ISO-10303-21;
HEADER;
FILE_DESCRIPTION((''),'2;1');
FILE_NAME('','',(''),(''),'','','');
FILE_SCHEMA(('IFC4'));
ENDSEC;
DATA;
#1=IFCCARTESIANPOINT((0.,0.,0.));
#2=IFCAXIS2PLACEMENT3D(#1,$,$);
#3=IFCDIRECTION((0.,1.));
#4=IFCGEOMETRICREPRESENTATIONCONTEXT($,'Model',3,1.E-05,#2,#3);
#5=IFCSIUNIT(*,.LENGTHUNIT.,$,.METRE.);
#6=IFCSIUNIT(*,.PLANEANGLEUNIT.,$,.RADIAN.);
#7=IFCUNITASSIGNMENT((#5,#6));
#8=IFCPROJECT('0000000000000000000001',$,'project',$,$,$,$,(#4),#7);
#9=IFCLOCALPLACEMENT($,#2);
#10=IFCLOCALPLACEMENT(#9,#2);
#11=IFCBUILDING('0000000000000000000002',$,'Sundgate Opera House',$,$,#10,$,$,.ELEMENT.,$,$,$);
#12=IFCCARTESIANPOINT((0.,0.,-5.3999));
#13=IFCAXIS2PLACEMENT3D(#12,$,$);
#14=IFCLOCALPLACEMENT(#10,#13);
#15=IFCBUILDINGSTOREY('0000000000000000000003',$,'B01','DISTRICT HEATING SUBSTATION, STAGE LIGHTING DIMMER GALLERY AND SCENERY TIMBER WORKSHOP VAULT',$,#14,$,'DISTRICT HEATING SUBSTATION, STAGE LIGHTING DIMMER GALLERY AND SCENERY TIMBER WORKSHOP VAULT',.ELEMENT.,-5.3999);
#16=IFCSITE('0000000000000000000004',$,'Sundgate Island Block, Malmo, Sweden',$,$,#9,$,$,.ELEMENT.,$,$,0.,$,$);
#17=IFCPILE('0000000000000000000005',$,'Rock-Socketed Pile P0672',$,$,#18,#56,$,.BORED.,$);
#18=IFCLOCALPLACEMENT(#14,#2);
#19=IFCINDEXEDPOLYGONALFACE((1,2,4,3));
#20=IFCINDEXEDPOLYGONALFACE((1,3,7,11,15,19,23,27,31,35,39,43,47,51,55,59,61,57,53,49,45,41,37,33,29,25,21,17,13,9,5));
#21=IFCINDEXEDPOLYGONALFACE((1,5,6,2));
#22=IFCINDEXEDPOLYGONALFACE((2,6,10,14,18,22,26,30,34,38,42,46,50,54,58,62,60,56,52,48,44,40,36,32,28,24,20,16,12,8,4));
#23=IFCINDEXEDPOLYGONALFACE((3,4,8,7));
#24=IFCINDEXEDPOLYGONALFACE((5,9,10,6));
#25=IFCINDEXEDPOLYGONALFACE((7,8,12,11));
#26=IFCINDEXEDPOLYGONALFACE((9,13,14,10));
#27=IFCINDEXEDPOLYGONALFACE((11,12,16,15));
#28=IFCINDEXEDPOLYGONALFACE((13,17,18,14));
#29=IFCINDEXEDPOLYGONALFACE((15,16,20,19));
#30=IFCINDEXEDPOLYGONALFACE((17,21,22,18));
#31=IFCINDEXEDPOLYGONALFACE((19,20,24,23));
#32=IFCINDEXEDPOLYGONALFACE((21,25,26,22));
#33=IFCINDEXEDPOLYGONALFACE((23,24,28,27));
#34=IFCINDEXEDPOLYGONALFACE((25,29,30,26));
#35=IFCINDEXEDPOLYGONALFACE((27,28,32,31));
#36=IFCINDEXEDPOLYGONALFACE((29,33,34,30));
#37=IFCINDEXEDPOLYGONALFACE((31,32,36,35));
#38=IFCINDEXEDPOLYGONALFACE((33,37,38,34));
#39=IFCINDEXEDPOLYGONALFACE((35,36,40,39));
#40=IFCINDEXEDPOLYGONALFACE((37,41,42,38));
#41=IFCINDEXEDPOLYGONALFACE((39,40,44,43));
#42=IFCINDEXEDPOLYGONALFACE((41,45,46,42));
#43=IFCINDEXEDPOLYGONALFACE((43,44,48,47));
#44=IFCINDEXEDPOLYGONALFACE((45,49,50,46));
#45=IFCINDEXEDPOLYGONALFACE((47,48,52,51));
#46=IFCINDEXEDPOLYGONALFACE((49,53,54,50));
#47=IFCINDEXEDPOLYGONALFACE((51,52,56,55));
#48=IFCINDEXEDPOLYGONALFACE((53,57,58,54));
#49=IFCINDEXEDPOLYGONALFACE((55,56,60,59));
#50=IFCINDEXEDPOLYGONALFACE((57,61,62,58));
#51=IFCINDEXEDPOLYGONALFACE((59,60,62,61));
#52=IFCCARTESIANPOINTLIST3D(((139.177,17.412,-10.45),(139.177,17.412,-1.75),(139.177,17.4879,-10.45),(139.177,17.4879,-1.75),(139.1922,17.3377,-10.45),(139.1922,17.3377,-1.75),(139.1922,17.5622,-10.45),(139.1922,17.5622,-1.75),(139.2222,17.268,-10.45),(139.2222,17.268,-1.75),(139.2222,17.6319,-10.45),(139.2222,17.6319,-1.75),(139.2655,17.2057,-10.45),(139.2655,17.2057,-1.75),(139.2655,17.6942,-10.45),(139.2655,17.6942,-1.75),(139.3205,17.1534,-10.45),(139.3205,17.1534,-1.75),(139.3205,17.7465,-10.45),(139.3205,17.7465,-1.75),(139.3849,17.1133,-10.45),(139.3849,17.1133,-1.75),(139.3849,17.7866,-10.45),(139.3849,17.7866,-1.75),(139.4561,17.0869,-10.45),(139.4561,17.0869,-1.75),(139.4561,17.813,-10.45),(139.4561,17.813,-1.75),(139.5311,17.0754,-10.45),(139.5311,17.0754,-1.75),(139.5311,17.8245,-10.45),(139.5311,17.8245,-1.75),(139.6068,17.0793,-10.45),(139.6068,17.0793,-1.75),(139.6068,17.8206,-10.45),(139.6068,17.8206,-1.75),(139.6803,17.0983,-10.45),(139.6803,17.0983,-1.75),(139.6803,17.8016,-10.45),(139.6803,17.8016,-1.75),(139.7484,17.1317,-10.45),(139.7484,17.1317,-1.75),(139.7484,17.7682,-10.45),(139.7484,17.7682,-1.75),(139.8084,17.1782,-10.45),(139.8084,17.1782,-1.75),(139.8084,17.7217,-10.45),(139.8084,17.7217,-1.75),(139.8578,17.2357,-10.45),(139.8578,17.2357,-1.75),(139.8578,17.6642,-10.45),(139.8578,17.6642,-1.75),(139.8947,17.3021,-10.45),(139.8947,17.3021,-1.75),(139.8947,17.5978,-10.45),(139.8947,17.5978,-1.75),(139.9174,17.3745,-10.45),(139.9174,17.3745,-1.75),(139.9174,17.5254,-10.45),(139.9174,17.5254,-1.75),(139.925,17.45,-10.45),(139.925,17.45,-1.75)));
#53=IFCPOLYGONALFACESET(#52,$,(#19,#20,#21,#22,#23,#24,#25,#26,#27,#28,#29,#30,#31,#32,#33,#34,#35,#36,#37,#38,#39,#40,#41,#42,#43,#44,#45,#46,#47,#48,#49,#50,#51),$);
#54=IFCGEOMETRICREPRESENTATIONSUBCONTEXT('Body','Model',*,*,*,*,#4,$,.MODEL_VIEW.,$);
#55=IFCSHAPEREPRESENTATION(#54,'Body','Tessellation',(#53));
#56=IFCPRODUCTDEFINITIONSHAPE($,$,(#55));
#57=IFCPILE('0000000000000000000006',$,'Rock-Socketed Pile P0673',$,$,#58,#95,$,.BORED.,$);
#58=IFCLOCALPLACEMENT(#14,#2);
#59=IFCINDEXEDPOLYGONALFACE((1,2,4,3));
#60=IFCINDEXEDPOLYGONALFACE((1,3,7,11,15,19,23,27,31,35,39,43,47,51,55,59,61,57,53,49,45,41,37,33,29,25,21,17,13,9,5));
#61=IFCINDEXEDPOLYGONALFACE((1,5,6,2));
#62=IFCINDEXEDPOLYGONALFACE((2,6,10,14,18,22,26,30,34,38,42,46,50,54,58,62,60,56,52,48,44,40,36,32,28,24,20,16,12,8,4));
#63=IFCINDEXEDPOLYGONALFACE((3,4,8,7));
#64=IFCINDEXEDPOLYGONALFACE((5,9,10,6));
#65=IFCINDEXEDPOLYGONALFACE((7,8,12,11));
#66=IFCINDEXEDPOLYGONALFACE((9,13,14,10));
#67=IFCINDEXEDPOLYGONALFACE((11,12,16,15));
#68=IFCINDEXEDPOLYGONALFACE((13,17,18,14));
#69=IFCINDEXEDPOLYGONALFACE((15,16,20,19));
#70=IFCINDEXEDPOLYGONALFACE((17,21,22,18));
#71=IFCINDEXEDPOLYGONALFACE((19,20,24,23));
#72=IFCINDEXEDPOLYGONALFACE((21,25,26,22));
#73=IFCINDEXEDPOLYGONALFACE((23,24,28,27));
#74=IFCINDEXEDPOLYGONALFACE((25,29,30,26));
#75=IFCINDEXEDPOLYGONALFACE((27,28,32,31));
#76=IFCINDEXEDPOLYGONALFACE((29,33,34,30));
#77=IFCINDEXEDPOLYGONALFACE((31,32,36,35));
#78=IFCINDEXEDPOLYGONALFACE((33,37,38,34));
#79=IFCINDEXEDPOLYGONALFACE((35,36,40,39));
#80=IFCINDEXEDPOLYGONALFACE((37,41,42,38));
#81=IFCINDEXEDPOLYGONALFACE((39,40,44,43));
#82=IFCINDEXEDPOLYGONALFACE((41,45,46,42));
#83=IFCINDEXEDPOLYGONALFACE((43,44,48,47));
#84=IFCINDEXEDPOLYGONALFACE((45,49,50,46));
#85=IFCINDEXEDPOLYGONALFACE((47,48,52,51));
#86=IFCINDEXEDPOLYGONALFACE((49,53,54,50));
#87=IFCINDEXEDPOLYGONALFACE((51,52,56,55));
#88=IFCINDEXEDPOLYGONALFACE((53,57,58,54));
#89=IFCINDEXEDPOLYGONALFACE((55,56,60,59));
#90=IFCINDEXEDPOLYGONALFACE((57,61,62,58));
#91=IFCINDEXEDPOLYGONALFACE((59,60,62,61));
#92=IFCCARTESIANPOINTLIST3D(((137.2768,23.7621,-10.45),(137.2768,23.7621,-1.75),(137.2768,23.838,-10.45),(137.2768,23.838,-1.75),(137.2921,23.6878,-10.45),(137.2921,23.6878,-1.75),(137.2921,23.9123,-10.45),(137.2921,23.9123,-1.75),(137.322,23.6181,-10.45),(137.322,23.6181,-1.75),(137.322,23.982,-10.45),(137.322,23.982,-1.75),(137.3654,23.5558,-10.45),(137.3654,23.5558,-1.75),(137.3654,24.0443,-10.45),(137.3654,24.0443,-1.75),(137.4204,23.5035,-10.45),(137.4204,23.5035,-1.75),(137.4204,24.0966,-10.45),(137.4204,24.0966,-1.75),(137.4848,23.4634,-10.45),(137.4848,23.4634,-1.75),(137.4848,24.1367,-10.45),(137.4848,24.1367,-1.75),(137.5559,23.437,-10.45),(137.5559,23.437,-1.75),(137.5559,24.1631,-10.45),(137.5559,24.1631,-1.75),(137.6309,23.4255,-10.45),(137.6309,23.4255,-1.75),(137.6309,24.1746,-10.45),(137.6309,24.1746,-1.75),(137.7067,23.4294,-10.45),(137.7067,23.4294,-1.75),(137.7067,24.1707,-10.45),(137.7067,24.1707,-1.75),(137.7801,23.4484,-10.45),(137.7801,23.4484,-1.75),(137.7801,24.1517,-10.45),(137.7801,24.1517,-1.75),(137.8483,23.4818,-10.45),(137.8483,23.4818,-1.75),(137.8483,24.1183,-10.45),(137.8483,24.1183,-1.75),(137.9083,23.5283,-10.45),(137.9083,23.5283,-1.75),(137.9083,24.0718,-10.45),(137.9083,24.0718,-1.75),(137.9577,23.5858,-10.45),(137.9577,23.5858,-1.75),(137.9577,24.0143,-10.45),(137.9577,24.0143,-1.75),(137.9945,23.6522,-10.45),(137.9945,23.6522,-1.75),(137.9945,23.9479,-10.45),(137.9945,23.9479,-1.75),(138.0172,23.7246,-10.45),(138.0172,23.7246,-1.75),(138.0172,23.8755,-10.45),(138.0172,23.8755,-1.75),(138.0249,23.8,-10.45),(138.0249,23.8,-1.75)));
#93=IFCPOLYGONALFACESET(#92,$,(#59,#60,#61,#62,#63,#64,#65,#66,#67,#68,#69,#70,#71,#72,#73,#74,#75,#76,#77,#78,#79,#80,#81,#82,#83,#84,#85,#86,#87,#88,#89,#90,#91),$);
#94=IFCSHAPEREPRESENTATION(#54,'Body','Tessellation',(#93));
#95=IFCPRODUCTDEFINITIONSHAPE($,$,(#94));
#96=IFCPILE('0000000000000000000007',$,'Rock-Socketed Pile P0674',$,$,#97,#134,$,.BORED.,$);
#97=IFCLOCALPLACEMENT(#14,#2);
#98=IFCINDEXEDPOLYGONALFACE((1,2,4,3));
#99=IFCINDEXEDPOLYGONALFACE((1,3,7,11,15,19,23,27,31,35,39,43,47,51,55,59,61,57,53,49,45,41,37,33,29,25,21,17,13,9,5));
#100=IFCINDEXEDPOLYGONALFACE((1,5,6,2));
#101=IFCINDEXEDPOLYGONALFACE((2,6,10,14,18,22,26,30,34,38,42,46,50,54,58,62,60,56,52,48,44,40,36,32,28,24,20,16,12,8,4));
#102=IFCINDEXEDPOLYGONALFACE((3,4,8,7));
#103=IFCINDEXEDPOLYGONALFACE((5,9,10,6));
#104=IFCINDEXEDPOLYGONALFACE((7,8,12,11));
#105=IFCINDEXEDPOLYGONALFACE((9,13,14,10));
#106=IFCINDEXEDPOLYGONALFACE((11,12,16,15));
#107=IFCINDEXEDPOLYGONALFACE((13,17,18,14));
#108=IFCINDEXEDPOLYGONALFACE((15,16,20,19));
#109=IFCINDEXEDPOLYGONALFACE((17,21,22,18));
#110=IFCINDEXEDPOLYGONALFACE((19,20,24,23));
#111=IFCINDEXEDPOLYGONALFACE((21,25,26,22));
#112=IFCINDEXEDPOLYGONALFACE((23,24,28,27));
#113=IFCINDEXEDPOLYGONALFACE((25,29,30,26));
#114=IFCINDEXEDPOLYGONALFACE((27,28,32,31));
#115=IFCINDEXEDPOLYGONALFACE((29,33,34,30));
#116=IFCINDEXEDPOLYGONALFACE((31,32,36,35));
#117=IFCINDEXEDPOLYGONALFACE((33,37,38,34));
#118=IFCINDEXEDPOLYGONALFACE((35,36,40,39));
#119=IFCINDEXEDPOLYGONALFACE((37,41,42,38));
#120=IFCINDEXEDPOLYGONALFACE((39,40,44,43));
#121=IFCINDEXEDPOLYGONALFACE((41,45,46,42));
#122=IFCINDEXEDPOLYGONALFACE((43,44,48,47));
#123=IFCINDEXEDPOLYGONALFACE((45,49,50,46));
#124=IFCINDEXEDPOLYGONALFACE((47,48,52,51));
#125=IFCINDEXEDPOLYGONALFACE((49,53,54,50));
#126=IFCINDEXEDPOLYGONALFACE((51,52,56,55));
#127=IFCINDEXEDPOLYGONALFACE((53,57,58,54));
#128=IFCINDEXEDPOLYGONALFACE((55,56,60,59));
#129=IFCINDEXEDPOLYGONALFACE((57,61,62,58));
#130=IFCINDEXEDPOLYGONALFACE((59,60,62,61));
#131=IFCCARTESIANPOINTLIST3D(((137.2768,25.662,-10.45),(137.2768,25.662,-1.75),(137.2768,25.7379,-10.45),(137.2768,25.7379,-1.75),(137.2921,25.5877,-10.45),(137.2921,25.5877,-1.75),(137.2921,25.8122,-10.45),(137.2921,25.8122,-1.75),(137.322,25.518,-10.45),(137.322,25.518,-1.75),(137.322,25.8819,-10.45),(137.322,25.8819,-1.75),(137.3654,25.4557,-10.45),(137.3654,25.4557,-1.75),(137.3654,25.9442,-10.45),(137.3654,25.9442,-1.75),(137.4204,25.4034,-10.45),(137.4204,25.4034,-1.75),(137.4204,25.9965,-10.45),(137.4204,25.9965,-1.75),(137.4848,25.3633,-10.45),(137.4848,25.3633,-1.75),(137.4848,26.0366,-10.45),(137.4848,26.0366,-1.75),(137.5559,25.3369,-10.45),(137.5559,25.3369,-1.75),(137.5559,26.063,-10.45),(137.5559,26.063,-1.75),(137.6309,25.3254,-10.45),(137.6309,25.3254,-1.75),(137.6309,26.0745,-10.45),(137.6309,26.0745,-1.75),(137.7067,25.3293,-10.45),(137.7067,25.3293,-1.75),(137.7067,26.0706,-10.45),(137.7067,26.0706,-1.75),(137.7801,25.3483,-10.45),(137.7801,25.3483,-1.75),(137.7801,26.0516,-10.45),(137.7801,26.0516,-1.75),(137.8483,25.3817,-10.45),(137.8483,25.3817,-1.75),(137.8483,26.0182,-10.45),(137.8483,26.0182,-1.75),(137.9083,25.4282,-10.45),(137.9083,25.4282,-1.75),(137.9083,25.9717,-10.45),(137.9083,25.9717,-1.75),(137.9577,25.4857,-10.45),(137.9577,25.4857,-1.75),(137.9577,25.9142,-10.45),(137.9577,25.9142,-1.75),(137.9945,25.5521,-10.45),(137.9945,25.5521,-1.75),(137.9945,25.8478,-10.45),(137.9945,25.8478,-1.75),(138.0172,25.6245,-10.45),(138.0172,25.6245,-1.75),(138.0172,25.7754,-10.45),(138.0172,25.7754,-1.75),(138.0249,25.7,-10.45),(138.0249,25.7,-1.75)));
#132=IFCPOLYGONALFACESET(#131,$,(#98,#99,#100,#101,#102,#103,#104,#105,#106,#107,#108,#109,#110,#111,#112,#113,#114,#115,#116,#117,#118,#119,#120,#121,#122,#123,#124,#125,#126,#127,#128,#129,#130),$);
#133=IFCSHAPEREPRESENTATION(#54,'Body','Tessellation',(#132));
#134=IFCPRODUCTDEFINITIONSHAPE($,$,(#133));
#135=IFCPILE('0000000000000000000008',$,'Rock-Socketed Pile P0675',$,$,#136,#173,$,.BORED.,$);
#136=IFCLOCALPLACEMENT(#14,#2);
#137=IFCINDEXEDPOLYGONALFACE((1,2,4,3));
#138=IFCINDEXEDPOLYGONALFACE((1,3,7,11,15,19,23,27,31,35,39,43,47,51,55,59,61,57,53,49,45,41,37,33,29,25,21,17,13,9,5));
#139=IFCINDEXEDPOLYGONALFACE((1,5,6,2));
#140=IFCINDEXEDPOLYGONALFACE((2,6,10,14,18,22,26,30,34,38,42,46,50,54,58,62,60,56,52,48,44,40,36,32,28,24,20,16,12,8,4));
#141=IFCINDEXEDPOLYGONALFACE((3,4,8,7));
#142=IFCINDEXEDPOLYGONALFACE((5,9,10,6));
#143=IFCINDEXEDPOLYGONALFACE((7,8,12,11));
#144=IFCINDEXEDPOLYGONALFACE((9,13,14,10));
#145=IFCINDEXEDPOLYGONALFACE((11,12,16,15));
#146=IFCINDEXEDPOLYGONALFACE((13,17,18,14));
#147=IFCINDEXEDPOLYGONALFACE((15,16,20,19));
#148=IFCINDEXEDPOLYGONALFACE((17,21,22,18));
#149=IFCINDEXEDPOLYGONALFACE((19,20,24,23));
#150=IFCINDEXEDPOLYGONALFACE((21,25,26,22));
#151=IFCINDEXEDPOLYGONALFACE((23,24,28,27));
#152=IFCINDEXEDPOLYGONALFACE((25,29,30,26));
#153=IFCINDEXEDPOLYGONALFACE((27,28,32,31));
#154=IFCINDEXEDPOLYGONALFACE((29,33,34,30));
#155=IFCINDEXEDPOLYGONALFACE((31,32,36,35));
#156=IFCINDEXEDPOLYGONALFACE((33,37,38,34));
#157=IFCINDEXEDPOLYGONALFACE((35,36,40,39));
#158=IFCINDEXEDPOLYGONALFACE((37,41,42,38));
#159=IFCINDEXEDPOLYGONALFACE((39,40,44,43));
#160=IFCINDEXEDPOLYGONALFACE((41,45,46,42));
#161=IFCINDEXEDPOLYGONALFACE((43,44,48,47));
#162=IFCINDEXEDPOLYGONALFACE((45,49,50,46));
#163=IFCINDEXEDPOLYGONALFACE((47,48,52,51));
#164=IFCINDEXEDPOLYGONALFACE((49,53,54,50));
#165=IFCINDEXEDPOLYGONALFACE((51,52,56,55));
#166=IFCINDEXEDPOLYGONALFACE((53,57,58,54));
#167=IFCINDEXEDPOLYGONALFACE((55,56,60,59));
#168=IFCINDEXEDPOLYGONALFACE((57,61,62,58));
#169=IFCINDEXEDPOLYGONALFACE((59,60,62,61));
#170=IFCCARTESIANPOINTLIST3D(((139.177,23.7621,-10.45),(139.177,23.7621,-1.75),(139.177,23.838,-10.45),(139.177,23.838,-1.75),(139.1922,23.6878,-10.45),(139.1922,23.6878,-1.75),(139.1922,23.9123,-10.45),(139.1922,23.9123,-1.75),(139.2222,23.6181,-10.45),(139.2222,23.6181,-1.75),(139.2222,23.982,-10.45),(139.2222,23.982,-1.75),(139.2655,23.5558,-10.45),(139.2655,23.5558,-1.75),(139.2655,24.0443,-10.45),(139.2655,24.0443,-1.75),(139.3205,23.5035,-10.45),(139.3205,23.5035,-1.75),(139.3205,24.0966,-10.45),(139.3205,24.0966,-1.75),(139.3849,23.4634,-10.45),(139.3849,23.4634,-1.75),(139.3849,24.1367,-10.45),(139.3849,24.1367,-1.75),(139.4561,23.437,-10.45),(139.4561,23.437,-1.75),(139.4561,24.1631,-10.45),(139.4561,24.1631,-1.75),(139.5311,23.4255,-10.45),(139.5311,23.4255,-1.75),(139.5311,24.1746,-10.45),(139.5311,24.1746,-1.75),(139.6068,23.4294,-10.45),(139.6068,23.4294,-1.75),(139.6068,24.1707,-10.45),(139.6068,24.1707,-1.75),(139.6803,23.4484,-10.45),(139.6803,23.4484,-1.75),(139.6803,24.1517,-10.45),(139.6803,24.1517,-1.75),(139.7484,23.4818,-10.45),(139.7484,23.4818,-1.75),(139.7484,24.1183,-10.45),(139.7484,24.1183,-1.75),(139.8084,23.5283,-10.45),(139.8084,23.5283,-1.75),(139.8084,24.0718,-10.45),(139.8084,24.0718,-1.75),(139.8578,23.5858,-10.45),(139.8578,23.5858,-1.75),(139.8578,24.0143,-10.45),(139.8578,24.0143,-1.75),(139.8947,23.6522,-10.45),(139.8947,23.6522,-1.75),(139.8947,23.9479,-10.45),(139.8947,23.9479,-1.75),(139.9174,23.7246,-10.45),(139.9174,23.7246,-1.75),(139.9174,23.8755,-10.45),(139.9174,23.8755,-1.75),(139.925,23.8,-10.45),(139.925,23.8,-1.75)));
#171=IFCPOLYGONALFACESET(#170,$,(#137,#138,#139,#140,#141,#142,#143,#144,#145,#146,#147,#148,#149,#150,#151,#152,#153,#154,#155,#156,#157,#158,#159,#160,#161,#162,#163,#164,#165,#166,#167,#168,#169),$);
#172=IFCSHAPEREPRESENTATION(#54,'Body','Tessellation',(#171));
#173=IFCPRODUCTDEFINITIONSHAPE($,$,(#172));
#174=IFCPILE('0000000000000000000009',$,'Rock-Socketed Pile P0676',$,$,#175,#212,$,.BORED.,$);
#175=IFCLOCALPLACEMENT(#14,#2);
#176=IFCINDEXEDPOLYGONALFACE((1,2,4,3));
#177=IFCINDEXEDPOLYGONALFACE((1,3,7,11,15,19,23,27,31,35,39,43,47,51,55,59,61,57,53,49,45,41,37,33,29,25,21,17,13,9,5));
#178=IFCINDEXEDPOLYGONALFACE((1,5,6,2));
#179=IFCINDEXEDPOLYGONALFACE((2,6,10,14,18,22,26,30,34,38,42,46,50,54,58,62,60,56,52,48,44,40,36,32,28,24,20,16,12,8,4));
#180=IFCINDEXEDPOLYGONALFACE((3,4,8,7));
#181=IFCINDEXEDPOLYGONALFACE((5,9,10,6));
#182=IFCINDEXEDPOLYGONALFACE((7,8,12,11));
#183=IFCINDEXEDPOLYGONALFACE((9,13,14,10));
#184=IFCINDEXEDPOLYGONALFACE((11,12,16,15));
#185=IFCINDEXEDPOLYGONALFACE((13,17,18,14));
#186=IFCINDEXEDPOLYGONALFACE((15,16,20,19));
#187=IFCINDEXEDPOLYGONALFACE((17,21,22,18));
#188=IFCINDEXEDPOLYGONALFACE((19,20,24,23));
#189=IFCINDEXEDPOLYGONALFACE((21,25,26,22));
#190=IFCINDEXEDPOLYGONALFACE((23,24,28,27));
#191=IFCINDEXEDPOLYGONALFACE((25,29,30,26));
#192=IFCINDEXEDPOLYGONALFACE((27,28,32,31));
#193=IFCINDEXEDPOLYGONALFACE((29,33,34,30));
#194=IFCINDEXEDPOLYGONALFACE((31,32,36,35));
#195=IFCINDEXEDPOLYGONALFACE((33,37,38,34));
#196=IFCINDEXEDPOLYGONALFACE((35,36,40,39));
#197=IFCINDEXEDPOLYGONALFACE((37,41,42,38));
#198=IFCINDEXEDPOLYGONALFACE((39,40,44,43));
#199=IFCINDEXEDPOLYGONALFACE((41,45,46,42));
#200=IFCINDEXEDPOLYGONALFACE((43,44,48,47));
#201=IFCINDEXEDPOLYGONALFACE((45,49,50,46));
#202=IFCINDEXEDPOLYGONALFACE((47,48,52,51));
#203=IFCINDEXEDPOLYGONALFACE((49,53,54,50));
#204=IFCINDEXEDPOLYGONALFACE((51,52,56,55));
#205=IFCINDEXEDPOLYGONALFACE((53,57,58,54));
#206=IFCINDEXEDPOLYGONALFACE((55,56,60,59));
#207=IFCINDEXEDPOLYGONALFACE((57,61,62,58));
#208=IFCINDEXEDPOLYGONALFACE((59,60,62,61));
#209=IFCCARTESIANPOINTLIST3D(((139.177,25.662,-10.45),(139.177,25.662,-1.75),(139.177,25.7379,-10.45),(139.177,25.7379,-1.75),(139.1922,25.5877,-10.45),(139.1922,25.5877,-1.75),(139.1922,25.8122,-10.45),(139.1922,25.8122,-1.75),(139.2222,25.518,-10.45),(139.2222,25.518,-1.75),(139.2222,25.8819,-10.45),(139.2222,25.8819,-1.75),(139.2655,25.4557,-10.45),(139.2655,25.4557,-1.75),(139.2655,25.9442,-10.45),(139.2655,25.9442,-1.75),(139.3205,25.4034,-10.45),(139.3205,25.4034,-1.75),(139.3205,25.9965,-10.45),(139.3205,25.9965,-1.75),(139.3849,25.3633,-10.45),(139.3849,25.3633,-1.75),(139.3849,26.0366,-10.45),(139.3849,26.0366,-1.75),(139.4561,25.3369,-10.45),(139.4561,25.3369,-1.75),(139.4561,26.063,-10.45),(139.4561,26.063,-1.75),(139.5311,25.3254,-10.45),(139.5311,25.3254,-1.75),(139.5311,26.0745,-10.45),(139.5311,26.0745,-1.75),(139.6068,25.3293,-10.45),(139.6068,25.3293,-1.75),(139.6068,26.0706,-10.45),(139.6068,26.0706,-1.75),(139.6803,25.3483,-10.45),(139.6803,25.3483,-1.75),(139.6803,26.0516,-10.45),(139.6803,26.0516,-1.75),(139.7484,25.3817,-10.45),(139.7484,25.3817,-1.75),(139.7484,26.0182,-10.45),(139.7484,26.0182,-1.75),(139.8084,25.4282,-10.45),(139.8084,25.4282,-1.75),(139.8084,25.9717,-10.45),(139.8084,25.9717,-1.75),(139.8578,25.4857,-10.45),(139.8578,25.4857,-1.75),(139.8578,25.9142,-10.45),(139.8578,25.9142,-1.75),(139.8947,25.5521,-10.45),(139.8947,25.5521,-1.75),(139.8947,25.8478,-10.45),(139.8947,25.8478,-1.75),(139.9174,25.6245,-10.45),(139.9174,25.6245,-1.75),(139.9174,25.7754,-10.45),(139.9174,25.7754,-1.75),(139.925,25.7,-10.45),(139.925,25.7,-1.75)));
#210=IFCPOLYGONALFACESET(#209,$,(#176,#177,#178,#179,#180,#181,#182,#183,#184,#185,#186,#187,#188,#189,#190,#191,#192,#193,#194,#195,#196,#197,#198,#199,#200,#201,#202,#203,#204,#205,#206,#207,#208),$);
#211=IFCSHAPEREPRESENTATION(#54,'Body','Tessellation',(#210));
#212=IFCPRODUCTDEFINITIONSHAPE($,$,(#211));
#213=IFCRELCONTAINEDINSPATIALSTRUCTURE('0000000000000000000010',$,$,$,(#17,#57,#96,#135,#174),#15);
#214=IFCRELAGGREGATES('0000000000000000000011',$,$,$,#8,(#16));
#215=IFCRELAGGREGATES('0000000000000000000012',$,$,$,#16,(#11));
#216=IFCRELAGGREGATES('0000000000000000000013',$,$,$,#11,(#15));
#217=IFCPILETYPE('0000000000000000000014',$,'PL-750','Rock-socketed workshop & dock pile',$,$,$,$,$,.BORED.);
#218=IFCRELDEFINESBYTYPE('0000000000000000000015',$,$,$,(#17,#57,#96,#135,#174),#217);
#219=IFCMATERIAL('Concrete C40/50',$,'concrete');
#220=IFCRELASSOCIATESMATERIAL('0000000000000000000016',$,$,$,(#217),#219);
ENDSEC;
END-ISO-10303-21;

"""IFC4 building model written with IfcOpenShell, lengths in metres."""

from ifc_helpers import new_model, si_unit, direction, frame, origin, origin_2d, place, context, subcontext, project, spatial, circle, extrude, material, material_profile, profile_set, type_object, element, save


model = new_model("IFC4")

# Units and contexts
model_context = context("Model", 3, precision=1e-05, world=origin(), true_north=direction((0.0, 1.0)))
body_context = subcontext(model_context, "Body", "Model", "MODEL_VIEW")
ifc_project = project(units=[si_unit("LENGTHUNIT", "METRE"), si_unit("PLANEANGLEUNIT", "RADIAN")], contexts=[model_context])

# Site, building, storey
site_placement = place(None, origin())
site = spatial("IfcSite", under=ifc_project, at=site_placement, Name="Sundgate Island Block, Malmo, Sweden", CompositionType="ELEMENT", RefElevation=0.0)
building_placement = place(site_placement, origin())
building = spatial("IfcBuilding", under=site, at=building_placement, Name="Sundgate Opera House", CompositionType="ELEMENT")
storey_placement = place(building_placement, frame((0.0, 0.0, -5.3999)))
storey = spatial("IfcBuildingStorey", under=building, at=storey_placement, Name="B01", Description="DISTRICT HEATING SUBSTATION, STAGE LIGHTING DIMMER GALLERY AND SCENERY TIMBER WORKSHOP VAULT", LongName="DISTRICT HEATING SUBSTATION, STAGE LIGHTING DIMMER GALLERY AND SCENERY TIMBER WORKSHOP VAULT", CompositionType="ELEMENT", Elevation=-5.3999)

# Piles
ifc_material_1 = material(Name="Concrete C40/50", Category="concrete")
ifc_material_profile_1 = material_profile(ifc_material_1, circle(Radius=0.375, at=origin_2d()), Name="PILE D750")
ifc_profile_set_1 = profile_set([ifc_material_profile_1], Name="Concrete C40/50")
pile_type = type_object("IfcPileType", Name="PL-750", Description="Rock-socketed workshop & dock pile", PredefinedType="BORED", material=ifc_profile_set_1)
for number, where, z_axis, x_axis, name in (
    (1, (139.55, 17.45, -1.75), (0.0, 0.0, -1.0), (1.0, 0.0, 0.0), "Rock-Socketed Pile P0672"),
    (2, (137.6499, 23.8, -1.75), (0.0, 0.0, -1.0), (1.0, 0.0, 0.0), "Rock-Socketed Pile P0673"),
    (3, (137.6499, 25.7, -1.75), (0.0, 0.0, -1.0), (1.0, 0.0, 0.0), "Rock-Socketed Pile P0674"),
    (4, (139.55, 23.8, -1.75), (0.0, 0.0, -1.0), (1.0, 0.0, 0.0), "Rock-Socketed Pile P0675"),
    (5, (139.55, 25.7, -1.75), (0.0, 0.0, -1.0), (1.0, 0.0, 0.0), "Rock-Socketed Pile P0676"),
):
    element("IfcPile", number, at=place(storey_placement, frame(where, z_axis=z_axis, x_axis=x_axis)), inside=storey, type_object=pile_type, Name=name, PredefinedType="BORED", context=body_context, shape_type="SweptSolid", body=[
        extrude(circle(Radius=0.375, at=origin_2d()), origin(), (0.0, 0.0, 1.0), 8.7),
    ])

save(model, "model.ifc")
